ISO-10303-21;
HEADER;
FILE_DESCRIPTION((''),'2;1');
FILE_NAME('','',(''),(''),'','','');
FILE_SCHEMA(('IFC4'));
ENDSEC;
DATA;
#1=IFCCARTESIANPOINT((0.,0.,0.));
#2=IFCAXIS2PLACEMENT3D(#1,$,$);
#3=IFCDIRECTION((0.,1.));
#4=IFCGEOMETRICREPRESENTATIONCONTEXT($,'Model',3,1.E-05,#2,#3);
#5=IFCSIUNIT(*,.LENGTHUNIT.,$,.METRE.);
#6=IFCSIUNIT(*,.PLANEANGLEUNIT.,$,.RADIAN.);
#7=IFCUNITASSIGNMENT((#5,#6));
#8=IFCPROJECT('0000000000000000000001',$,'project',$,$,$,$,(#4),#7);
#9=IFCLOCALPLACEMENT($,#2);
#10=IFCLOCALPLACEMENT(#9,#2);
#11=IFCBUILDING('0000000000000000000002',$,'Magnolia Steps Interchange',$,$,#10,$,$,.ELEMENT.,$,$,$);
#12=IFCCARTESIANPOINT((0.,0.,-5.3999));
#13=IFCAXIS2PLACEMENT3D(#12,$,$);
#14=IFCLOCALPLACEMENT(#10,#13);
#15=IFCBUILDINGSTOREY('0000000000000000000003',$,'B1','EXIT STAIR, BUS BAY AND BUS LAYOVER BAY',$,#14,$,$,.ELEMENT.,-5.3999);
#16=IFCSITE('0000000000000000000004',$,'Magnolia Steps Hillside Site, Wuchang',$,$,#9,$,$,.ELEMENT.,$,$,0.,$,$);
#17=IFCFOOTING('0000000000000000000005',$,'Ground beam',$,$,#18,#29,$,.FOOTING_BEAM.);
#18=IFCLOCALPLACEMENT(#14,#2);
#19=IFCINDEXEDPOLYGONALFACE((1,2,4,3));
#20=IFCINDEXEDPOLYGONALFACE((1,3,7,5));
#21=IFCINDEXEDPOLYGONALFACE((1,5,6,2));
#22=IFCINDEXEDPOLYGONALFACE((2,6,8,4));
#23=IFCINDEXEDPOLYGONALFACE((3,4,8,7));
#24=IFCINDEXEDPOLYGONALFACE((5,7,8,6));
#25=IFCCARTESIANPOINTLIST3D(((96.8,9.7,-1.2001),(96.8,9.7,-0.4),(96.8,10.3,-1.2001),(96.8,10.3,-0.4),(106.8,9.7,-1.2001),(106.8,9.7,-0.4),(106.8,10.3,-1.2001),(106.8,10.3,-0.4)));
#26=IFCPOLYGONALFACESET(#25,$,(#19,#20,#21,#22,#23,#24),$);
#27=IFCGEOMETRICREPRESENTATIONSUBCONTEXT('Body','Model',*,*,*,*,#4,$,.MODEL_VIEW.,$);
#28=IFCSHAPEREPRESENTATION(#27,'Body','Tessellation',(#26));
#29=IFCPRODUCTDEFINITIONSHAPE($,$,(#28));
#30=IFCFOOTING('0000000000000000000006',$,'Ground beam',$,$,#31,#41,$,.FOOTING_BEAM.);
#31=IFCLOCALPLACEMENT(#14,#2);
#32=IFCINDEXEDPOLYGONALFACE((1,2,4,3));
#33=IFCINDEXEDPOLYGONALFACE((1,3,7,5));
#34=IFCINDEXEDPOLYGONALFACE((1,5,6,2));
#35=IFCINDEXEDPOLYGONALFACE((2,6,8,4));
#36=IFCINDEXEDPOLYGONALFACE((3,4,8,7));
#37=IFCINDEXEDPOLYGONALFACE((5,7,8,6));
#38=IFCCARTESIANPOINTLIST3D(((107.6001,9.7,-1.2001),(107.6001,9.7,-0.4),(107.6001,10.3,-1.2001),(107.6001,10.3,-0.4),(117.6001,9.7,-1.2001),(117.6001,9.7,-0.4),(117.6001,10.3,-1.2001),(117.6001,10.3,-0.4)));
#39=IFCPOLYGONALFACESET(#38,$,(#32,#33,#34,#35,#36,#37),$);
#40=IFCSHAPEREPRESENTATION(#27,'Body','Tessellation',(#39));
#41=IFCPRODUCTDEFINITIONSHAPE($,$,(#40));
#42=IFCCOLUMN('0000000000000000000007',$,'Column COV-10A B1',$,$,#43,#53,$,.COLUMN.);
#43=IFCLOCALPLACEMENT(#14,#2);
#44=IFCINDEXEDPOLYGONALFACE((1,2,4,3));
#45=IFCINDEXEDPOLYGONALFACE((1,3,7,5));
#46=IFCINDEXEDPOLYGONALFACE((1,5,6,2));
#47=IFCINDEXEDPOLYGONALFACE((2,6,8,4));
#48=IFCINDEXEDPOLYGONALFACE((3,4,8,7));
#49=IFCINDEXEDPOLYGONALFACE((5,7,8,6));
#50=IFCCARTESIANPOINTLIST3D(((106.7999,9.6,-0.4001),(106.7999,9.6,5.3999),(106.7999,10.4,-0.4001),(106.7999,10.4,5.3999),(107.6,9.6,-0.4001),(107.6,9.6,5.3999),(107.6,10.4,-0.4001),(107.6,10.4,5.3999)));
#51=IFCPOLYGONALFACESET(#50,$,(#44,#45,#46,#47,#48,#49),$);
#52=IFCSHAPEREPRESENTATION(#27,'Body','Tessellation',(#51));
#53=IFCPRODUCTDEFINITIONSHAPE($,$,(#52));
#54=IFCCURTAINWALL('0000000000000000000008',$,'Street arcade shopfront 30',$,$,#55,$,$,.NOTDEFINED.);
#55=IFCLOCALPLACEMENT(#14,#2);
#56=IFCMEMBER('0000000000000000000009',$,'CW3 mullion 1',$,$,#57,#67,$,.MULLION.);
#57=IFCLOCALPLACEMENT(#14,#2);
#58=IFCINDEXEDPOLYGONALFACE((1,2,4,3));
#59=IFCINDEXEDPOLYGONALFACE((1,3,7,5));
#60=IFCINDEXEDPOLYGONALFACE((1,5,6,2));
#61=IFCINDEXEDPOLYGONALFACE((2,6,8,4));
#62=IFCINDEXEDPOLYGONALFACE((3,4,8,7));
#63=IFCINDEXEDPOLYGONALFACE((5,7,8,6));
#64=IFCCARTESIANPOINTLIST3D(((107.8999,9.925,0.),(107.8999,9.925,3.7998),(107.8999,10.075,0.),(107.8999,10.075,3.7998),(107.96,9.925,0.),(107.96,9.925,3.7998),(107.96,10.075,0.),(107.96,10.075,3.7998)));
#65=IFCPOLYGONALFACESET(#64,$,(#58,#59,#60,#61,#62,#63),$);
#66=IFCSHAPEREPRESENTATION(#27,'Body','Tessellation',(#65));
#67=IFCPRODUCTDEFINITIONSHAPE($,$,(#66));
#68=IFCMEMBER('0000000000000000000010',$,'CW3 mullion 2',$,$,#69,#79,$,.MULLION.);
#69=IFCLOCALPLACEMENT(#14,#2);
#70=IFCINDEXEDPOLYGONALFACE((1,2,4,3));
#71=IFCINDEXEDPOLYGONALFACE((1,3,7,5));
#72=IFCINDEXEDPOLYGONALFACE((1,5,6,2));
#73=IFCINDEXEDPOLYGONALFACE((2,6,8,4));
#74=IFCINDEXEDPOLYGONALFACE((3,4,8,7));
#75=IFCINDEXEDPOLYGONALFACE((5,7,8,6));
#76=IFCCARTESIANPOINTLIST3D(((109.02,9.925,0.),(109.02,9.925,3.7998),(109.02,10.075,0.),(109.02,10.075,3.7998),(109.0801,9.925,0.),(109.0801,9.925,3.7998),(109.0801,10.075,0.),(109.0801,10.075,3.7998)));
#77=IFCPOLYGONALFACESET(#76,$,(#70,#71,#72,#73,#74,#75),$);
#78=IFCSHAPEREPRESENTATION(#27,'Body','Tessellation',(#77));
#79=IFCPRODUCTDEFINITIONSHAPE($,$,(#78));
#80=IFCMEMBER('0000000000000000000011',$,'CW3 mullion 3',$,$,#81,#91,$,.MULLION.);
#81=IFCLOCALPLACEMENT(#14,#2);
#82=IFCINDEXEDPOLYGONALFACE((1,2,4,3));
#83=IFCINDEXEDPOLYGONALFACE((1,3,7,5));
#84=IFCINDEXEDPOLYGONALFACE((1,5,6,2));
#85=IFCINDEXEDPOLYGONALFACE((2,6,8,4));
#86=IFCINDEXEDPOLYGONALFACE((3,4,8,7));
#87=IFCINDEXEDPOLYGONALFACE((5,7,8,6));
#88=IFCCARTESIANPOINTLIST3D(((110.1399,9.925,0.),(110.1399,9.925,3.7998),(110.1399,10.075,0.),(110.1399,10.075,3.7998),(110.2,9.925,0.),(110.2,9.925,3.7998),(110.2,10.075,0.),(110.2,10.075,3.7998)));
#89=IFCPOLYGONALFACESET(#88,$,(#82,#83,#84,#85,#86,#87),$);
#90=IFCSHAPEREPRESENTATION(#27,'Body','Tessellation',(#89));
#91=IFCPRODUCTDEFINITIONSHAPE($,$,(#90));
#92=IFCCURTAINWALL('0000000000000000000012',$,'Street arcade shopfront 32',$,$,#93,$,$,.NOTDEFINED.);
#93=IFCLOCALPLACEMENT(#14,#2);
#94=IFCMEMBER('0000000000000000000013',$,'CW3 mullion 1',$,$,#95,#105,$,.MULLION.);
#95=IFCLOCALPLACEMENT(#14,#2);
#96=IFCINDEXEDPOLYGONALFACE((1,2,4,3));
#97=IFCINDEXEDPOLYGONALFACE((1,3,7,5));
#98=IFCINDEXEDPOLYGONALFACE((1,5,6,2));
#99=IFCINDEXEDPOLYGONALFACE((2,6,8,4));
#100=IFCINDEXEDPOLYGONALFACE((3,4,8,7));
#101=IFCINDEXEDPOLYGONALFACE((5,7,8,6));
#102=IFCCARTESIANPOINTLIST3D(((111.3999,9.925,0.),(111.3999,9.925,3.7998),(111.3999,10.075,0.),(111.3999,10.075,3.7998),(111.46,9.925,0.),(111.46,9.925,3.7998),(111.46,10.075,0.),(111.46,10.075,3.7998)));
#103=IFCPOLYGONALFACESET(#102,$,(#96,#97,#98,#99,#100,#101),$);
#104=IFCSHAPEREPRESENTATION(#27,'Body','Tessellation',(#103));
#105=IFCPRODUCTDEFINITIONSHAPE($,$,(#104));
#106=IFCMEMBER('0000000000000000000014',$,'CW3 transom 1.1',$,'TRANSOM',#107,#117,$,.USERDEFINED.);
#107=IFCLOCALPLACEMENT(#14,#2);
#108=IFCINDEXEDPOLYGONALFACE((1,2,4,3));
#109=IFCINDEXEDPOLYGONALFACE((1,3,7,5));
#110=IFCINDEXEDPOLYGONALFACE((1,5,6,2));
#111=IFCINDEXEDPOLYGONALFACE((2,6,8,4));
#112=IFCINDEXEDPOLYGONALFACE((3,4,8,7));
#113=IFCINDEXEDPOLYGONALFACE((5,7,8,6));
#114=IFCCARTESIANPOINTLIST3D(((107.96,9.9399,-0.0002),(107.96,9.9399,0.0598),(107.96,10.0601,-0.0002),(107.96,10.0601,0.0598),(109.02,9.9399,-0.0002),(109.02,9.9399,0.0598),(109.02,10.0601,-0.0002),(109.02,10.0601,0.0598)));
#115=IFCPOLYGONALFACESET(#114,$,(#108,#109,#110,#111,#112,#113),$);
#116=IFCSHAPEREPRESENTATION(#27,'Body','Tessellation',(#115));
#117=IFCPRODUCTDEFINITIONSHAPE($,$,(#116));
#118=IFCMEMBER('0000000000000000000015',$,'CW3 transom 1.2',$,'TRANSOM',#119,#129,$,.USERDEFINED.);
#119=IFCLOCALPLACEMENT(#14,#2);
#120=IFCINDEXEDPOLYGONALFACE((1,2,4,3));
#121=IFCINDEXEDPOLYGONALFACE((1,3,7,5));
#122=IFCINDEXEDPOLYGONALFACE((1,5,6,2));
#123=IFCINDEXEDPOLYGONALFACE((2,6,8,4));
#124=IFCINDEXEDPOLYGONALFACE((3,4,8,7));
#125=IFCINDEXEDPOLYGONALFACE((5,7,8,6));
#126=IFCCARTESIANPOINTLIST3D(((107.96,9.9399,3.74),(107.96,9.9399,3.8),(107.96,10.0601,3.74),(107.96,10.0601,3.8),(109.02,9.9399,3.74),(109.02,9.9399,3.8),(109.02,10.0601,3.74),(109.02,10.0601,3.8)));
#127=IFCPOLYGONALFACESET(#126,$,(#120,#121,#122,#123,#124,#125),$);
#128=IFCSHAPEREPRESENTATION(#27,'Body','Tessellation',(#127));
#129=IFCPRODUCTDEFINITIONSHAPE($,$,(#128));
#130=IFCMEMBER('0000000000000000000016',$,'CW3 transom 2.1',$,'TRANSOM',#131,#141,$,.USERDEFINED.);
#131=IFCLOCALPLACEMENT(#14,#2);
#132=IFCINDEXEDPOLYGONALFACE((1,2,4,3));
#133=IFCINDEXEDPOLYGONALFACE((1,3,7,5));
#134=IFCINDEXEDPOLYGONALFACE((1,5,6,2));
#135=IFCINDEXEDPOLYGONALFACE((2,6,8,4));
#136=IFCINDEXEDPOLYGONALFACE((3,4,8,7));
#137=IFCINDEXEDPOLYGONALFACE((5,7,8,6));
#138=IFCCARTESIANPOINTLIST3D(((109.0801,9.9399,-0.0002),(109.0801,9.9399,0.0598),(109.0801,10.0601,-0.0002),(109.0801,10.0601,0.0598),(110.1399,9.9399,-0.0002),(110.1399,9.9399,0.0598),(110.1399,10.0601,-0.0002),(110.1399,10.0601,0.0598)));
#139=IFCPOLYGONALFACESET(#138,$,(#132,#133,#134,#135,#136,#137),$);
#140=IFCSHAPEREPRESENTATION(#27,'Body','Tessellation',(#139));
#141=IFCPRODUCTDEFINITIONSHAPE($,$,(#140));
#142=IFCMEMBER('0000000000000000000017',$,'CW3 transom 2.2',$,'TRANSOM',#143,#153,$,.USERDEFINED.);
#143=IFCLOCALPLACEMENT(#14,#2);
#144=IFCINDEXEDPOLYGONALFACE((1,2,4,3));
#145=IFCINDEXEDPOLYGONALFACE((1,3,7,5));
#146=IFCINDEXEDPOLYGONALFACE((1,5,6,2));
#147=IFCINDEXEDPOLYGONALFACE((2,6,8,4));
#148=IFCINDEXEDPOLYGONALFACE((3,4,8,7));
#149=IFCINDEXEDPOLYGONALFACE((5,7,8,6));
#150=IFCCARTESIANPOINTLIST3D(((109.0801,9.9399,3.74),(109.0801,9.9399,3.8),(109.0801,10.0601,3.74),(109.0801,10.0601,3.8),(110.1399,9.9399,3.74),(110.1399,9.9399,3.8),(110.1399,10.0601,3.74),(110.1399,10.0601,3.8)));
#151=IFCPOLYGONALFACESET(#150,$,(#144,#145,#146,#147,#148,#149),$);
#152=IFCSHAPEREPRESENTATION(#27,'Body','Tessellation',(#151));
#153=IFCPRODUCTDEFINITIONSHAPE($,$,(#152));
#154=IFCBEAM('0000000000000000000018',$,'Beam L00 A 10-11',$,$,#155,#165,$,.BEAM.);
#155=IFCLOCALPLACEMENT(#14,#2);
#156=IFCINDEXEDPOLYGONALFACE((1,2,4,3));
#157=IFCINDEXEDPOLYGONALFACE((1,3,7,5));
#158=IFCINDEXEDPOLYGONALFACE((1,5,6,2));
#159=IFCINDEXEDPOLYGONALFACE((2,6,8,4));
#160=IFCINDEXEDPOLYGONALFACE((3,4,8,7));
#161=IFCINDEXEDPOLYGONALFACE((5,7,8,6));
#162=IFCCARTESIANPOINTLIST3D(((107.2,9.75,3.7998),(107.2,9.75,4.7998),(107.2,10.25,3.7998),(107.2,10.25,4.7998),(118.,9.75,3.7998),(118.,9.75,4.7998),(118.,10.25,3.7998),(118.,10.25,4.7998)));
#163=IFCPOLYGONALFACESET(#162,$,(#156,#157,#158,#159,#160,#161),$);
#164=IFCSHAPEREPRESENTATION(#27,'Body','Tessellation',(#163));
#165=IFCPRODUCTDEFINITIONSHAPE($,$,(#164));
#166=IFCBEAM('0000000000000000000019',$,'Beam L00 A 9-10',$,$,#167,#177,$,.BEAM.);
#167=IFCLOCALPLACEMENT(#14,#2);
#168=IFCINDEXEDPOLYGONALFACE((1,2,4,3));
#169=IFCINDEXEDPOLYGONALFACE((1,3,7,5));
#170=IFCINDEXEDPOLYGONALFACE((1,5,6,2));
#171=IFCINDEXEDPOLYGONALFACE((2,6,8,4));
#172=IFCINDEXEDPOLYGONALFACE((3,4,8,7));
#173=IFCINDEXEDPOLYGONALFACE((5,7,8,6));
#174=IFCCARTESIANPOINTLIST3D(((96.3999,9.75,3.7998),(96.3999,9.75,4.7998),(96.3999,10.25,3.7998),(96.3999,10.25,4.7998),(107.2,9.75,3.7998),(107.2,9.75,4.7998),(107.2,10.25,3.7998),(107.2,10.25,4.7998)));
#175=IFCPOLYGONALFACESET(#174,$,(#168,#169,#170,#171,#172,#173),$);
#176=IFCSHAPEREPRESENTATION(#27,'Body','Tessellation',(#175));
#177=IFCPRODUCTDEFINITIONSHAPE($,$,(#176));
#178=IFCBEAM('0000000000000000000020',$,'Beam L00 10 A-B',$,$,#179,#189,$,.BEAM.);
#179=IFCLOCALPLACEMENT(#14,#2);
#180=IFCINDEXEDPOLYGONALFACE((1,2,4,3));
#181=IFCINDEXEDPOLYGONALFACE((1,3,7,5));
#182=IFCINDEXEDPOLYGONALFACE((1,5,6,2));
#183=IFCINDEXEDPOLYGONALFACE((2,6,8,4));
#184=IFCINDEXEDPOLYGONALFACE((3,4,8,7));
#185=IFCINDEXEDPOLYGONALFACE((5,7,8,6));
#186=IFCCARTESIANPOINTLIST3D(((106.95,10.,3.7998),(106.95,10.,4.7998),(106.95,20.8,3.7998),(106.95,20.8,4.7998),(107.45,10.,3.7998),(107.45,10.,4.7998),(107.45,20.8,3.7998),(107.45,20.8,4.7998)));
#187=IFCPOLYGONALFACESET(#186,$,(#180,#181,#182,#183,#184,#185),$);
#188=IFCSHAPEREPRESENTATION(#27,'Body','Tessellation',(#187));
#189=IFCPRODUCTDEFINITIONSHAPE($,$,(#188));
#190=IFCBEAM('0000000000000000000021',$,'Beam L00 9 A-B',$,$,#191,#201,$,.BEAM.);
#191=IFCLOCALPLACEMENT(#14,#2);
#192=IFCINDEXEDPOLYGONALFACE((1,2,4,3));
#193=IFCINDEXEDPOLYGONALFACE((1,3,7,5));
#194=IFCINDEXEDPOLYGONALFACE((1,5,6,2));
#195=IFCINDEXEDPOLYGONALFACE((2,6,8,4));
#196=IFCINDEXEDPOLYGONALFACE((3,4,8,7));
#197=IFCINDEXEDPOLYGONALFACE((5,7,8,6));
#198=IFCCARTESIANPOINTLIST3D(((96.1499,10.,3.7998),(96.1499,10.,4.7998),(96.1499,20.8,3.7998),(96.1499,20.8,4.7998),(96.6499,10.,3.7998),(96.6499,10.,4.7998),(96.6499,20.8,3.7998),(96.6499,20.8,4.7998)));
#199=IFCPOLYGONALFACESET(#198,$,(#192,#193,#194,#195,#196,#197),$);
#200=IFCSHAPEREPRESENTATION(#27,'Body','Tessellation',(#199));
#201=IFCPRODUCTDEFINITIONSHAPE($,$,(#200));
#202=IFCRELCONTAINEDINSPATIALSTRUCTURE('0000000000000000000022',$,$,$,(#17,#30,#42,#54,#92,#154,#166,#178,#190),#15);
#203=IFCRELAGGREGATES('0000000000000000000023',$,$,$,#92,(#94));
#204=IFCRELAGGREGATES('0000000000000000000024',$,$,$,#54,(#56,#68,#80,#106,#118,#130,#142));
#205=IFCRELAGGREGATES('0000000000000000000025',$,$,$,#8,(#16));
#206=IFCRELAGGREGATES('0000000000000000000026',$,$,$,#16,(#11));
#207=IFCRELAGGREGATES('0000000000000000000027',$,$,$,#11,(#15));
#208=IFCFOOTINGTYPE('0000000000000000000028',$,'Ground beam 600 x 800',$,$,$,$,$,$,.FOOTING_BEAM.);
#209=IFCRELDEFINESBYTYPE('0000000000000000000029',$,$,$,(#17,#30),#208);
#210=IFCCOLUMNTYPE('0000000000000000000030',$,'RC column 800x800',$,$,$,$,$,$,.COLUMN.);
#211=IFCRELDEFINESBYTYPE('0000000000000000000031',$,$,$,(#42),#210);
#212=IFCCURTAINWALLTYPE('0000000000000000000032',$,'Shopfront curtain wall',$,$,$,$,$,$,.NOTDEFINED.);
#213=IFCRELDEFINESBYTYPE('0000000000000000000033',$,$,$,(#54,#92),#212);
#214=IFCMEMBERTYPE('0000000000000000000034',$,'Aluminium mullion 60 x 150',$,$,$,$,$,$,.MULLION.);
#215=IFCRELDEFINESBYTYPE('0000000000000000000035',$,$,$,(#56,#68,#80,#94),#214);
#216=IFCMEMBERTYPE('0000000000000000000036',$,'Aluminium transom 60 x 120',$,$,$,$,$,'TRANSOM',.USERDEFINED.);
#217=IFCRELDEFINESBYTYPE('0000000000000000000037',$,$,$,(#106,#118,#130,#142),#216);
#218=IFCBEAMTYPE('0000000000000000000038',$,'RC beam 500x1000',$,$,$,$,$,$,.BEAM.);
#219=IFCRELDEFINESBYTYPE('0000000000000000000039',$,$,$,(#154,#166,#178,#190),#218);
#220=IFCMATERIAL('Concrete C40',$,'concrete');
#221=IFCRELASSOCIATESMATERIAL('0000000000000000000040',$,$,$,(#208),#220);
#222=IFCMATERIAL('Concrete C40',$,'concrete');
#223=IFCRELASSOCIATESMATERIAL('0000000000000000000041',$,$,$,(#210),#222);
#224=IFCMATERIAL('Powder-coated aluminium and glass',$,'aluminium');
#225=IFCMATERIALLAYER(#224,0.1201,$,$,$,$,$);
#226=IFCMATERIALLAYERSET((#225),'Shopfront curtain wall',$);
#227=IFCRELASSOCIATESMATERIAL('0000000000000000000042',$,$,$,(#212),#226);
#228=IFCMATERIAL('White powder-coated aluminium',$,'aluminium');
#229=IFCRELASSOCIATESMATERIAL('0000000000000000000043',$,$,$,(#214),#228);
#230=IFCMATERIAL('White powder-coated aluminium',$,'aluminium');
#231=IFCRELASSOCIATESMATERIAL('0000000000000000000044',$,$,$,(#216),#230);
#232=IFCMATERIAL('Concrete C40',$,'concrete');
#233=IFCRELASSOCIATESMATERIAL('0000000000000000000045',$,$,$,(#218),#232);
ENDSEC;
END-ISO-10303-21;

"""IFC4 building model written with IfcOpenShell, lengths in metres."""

from ifc_helpers import new_model, si_unit, direction, frame, origin, origin_2d, place, context, subcontext, project, spatial, rectangle, extrude, material, layer, layer_set, material_profile, profile_set, type_object, element, aggregate, save


model = new_model("IFC4")

# Units and contexts
model_context = context("Model", 3, precision=1e-05, world=origin(), true_north=direction((0.0, 1.0)))
body_context = subcontext(model_context, "Body", "Model", "MODEL_VIEW")
ifc_project = project(units=[si_unit("LENGTHUNIT", "METRE"), si_unit("PLANEANGLEUNIT", "RADIAN")], contexts=[model_context])

# Site, building, storey
site_placement = place(None, origin())
site = spatial("IfcSite", under=ifc_project, at=site_placement, Name="Magnolia Steps Hillside Site, Wuchang", CompositionType="ELEMENT", RefElevation=0.0)
building_placement = place(site_placement, origin())
building = spatial("IfcBuilding", under=site, at=building_placement, Name="Magnolia Steps Interchange", CompositionType="ELEMENT")
storey_placement = place(building_placement, frame((0.0, 0.0, -5.3999)))
storey = spatial("IfcBuildingStorey", under=building, at=storey_placement, Name="B1", Description="EXIT STAIR, BUS BAY AND BUS LAYOVER BAY", CompositionType="ELEMENT", Elevation=-5.3999)

# Footings
ifc_material_1 = material(Name="Concrete C40", Category="concrete")
ifc_material_profile_1 = material_profile(ifc_material_1, rectangle(XDim=0.6001, YDim=0.8, at=origin_2d()), Name="RC600x800")
ifc_profile_set_1 = profile_set([ifc_material_profile_1], Name="Concrete C40")
footing_type = type_object("IfcFootingType", Name="Ground beam 600 x 800", PredefinedType="FOOTING_BEAM", material=ifc_profile_set_1)
for number, where, z_axis, x_axis, name in (
    (1, (96.8, 10.0, -0.8), (1.0, 0.0, 0.0), (0.0, 1.0, 0.0), "Ground beam"),
    (2, (107.6001, 10.0, -0.8), (1.0, 0.0, 0.0), (0.0, 1.0, 0.0), "Ground beam"),
):
    element("IfcFooting", number, at=place(storey_placement, frame(where, z_axis=z_axis, x_axis=x_axis)), inside=storey, type_object=footing_type, Name=name, PredefinedType="FOOTING_BEAM", context=body_context, shape_type="SweptSolid", body=[
        extrude(rectangle(XDim=0.6001, YDim=0.8, at=origin_2d()), origin(), (0.0, 0.0, 1.0), 10.0),
    ])

# Column
ifc_material_2 = material(Name="Concrete C40", Category="concrete")
ifc_material_profile_2 = material_profile(ifc_material_2, rectangle(XDim=0.8, YDim=0.8, at=origin_2d()), Name="RC800x800")
ifc_profile_set_2 = profile_set([ifc_material_profile_2], Name="Concrete C40")
column_type = type_object("IfcColumnType", Name="RC column 800x800", PredefinedType="COLUMN", material=ifc_profile_set_2)
column_placement = place(storey_placement, frame((107.2, 10.0, -0.4001), z_axis=(0.0, 0.0, 1.0), x_axis=(1.0, 0.0, 0.0)))
element("IfcColumn", 3, at=column_placement, inside=storey, type_object=column_type, Name="Column COV-10A B1", PredefinedType="COLUMN", context=body_context, shape_type="SweptSolid", body=[
    extrude(rectangle(XDim=0.8, YDim=0.8, at=origin_2d()), origin(), (0.0, 0.0, 1.0), 5.8),
])

# Curtain wall, members
ifc_material_3 = material(Name="Powder-coated aluminium and glass", Category="aluminium")
ifc_layer_1 = layer(ifc_material_3, 0.1201)
ifc_layer_set_1 = layer_set([ifc_layer_1], Name="Shopfront curtain wall")
curtain_wall_type = type_object("IfcCurtainWallType", Name="Shopfront curtain wall", PredefinedType="NOTDEFINED", material=ifc_layer_set_1)
curtain_wall_1_placement = place(storey_placement, origin())
curtain_wall_1 = element("IfcCurtainWall", 4, at=curtain_wall_1_placement, inside=storey, type_object=curtain_wall_type, Name="Street arcade shopfront 30", PredefinedType="NOTDEFINED")
ifc_material_4 = material(Name="White powder-coated aluminium", Category="aluminium")
ifc_material_profile_3 = material_profile(ifc_material_4, rectangle(XDim=0.0601, YDim=0.1499, at=origin_2d()), Name="Aluminium mullion 60 x 150")
ifc_profile_set_3 = profile_set([ifc_material_profile_3], Name="White powder-coated aluminium")
member_type_1 = type_object("IfcMemberType", Name="Aluminium mullion 60 x 150", PredefinedType="MULLION", material=ifc_profile_set_3)
member_1_placement = place(storey_placement, frame((107.9299, 10.0, 0.0), z_axis=(0.0, 0.0, 1.0), x_axis=(1.0, 0.0, 0.0)))
member_1 = element("IfcMember", 5, at=member_1_placement, type_object=member_type_1, Name="CW3 mullion 1", PredefinedType="MULLION", context=body_context, shape_type="SweptSolid", body=[
    extrude(rectangle(XDim=0.0601, YDim=0.1499, at=origin_2d()), origin(), (0.0, 0.0, 1.0), 3.7998),
])
member_2_placement = place(storey_placement, frame((109.05, 10.0, 0.0), z_axis=(0.0, 0.0, 1.0), x_axis=(1.0, 0.0, 0.0)))
member_2 = element("IfcMember", 6, at=member_2_placement, type_object=member_type_1, Name="CW3 mullion 2", PredefinedType="MULLION", context=body_context, shape_type="SweptSolid", body=[
    extrude(rectangle(XDim=0.0601, YDim=0.1499, at=origin_2d()), origin(), (0.0, 0.0, 1.0), 3.7998),
])
member_3_placement = place(storey_placement, frame((110.1699, 10.0, 0.0), z_axis=(0.0, 0.0, 1.0), x_axis=(1.0, 0.0, 0.0)))
member_3 = element("IfcMember", 7, at=member_3_placement, type_object=member_type_1, Name="CW3 mullion 3", PredefinedType="MULLION", context=body_context, shape_type="SweptSolid", body=[
    extrude(rectangle(XDim=0.0601, YDim=0.1499, at=origin_2d()), origin(), (0.0, 0.0, 1.0), 3.7998),
])

# Curtain wall, member
curtain_wall_2_placement = place(storey_placement, origin())
curtain_wall_2 = element("IfcCurtainWall", 8, at=curtain_wall_2_placement, inside=storey, type_object=curtain_wall_type, Name="Street arcade shopfront 32", PredefinedType="NOTDEFINED")
member_4_placement = place(storey_placement, frame((111.4299, 10.0, 0.0), z_axis=(0.0, 0.0, 1.0), x_axis=(1.0, 0.0, 0.0)))
member_4 = element("IfcMember", 9, at=member_4_placement, type_object=member_type_1, Name="CW3 mullion 1", PredefinedType="MULLION", context=body_context, shape_type="SweptSolid", body=[
    extrude(rectangle(XDim=0.0601, YDim=0.1499, at=origin_2d()), origin(), (0.0, 0.0, 1.0), 3.7998),
])
aggregate(curtain_wall_2, [member_4])

# Members
ifc_material_5 = material(Name="White powder-coated aluminium", Category="aluminium")
ifc_material_profile_4 = material_profile(ifc_material_5, rectangle(XDim=0.0601, YDim=0.1201, at=origin_2d()), Name="Aluminium transom 60 x 120")
ifc_profile_set_4 = profile_set([ifc_material_profile_4], Name="White powder-coated aluminium")
member_type_2 = type_object("IfcMemberType", Name="Aluminium transom 60 x 120", ElementType="TRANSOM", PredefinedType="USERDEFINED", material=ifc_profile_set_4)
member_5_placement = place(storey_placement, frame((107.96, 10.0, 0.0298), z_axis=(1.0, 0.0, 0.0), x_axis=(0.0, 0.0, 1.0)))
member_5 = element("IfcMember", 10, at=member_5_placement, type_object=member_type_2, Name="CW3 transom 1.1", ObjectType="TRANSOM", PredefinedType="USERDEFINED", context=body_context, shape_type="SweptSolid", body=[
    extrude(rectangle(XDim=0.0601, YDim=0.1201, at=origin_2d()), origin(), (0.0, 0.0, 1.0), 1.0601),
])
member_6_placement = place(storey_placement, frame((107.96, 10.0, 3.77), z_axis=(1.0, 0.0, 0.0), x_axis=(0.0, 0.0, 1.0)))
member_6 = element("IfcMember", 11, at=member_6_placement, type_object=member_type_2, Name="CW3 transom 1.2", ObjectType="TRANSOM", PredefinedType="USERDEFINED", context=body_context, shape_type="SweptSolid", body=[
    extrude(rectangle(XDim=0.0601, YDim=0.1201, at=origin_2d()), origin(), (0.0, 0.0, 1.0), 1.0601),
])
member_7_placement = place(storey_placement, frame((109.0801, 10.0, 0.0298), z_axis=(1.0, 0.0, 0.0), x_axis=(0.0, 0.0, 1.0)))
member_7 = element("IfcMember", 12, at=member_7_placement, type_object=member_type_2, Name="CW3 transom 2.1", ObjectType="TRANSOM", PredefinedType="USERDEFINED", context=body_context, shape_type="SweptSolid", body=[
    extrude(rectangle(XDim=0.0601, YDim=0.1201, at=origin_2d()), origin(), (0.0, 0.0, 1.0), 1.0598),
])
member_8_placement = place(storey_placement, frame((109.0801, 10.0, 3.77), z_axis=(1.0, 0.0, 0.0), x_axis=(0.0, 0.0, 1.0)))
member_8 = element("IfcMember", 13, at=member_8_placement, type_object=member_type_2, Name="CW3 transom 2.2", ObjectType="TRANSOM", PredefinedType="USERDEFINED", context=body_context, shape_type="SweptSolid", body=[
    extrude(rectangle(XDim=0.0601, YDim=0.1201, at=origin_2d()), origin(), (0.0, 0.0, 1.0), 1.0598),
])

# Beams
ifc_material_6 = material(Name="Concrete C40", Category="concrete")
ifc_material_profile_5 = material_profile(ifc_material_6, rectangle(XDim=0.5, YDim=1.0, at=origin_2d()), Name="RC500x1000")
ifc_profile_set_5 = profile_set([ifc_material_profile_5], Name="Concrete C40")
beam_type = type_object("IfcBeamType", Name="RC beam 500x1000", PredefinedType="BEAM", material=ifc_profile_set_5)
for number, where, z_axis, x_axis, name in (
    (14, (107.2, 10.0, 4.2998), (1.0, 0.0, 0.0), (0.0, 1.0, 0.0), "Beam L00 A 10-11"),
    (15, (96.3999, 10.0, 4.2998), (1.0, 0.0, 0.0), (0.0, 1.0, 0.0), "Beam L00 A 9-10"),
    (16, (107.2, 10.0, 4.2998), (0.0, 1.0, 0.0), (-1.0, 0.0, 0.0), "Beam L00 10 A-B"),
    (17, (96.3999, 10.0, 4.2998), (0.0, 1.0, 0.0), (-1.0, 0.0, 0.0), "Beam L00 9 A-B"),
):
    element("IfcBeam", number, at=place(storey_placement, frame(where, z_axis=z_axis, x_axis=x_axis)), inside=storey, type_object=beam_type, Name=name, PredefinedType="BEAM", context=body_context, shape_type="SweptSolid", body=[
        extrude(rectangle(XDim=0.5, YDim=1.0, at=origin_2d()), origin(), (0.0, 0.0, 1.0), 10.8),
    ])

aggregate(curtain_wall_1, [member_1, member_2, member_3, member_5, member_6, member_7, member_8])

save(model, "model.ifc")
